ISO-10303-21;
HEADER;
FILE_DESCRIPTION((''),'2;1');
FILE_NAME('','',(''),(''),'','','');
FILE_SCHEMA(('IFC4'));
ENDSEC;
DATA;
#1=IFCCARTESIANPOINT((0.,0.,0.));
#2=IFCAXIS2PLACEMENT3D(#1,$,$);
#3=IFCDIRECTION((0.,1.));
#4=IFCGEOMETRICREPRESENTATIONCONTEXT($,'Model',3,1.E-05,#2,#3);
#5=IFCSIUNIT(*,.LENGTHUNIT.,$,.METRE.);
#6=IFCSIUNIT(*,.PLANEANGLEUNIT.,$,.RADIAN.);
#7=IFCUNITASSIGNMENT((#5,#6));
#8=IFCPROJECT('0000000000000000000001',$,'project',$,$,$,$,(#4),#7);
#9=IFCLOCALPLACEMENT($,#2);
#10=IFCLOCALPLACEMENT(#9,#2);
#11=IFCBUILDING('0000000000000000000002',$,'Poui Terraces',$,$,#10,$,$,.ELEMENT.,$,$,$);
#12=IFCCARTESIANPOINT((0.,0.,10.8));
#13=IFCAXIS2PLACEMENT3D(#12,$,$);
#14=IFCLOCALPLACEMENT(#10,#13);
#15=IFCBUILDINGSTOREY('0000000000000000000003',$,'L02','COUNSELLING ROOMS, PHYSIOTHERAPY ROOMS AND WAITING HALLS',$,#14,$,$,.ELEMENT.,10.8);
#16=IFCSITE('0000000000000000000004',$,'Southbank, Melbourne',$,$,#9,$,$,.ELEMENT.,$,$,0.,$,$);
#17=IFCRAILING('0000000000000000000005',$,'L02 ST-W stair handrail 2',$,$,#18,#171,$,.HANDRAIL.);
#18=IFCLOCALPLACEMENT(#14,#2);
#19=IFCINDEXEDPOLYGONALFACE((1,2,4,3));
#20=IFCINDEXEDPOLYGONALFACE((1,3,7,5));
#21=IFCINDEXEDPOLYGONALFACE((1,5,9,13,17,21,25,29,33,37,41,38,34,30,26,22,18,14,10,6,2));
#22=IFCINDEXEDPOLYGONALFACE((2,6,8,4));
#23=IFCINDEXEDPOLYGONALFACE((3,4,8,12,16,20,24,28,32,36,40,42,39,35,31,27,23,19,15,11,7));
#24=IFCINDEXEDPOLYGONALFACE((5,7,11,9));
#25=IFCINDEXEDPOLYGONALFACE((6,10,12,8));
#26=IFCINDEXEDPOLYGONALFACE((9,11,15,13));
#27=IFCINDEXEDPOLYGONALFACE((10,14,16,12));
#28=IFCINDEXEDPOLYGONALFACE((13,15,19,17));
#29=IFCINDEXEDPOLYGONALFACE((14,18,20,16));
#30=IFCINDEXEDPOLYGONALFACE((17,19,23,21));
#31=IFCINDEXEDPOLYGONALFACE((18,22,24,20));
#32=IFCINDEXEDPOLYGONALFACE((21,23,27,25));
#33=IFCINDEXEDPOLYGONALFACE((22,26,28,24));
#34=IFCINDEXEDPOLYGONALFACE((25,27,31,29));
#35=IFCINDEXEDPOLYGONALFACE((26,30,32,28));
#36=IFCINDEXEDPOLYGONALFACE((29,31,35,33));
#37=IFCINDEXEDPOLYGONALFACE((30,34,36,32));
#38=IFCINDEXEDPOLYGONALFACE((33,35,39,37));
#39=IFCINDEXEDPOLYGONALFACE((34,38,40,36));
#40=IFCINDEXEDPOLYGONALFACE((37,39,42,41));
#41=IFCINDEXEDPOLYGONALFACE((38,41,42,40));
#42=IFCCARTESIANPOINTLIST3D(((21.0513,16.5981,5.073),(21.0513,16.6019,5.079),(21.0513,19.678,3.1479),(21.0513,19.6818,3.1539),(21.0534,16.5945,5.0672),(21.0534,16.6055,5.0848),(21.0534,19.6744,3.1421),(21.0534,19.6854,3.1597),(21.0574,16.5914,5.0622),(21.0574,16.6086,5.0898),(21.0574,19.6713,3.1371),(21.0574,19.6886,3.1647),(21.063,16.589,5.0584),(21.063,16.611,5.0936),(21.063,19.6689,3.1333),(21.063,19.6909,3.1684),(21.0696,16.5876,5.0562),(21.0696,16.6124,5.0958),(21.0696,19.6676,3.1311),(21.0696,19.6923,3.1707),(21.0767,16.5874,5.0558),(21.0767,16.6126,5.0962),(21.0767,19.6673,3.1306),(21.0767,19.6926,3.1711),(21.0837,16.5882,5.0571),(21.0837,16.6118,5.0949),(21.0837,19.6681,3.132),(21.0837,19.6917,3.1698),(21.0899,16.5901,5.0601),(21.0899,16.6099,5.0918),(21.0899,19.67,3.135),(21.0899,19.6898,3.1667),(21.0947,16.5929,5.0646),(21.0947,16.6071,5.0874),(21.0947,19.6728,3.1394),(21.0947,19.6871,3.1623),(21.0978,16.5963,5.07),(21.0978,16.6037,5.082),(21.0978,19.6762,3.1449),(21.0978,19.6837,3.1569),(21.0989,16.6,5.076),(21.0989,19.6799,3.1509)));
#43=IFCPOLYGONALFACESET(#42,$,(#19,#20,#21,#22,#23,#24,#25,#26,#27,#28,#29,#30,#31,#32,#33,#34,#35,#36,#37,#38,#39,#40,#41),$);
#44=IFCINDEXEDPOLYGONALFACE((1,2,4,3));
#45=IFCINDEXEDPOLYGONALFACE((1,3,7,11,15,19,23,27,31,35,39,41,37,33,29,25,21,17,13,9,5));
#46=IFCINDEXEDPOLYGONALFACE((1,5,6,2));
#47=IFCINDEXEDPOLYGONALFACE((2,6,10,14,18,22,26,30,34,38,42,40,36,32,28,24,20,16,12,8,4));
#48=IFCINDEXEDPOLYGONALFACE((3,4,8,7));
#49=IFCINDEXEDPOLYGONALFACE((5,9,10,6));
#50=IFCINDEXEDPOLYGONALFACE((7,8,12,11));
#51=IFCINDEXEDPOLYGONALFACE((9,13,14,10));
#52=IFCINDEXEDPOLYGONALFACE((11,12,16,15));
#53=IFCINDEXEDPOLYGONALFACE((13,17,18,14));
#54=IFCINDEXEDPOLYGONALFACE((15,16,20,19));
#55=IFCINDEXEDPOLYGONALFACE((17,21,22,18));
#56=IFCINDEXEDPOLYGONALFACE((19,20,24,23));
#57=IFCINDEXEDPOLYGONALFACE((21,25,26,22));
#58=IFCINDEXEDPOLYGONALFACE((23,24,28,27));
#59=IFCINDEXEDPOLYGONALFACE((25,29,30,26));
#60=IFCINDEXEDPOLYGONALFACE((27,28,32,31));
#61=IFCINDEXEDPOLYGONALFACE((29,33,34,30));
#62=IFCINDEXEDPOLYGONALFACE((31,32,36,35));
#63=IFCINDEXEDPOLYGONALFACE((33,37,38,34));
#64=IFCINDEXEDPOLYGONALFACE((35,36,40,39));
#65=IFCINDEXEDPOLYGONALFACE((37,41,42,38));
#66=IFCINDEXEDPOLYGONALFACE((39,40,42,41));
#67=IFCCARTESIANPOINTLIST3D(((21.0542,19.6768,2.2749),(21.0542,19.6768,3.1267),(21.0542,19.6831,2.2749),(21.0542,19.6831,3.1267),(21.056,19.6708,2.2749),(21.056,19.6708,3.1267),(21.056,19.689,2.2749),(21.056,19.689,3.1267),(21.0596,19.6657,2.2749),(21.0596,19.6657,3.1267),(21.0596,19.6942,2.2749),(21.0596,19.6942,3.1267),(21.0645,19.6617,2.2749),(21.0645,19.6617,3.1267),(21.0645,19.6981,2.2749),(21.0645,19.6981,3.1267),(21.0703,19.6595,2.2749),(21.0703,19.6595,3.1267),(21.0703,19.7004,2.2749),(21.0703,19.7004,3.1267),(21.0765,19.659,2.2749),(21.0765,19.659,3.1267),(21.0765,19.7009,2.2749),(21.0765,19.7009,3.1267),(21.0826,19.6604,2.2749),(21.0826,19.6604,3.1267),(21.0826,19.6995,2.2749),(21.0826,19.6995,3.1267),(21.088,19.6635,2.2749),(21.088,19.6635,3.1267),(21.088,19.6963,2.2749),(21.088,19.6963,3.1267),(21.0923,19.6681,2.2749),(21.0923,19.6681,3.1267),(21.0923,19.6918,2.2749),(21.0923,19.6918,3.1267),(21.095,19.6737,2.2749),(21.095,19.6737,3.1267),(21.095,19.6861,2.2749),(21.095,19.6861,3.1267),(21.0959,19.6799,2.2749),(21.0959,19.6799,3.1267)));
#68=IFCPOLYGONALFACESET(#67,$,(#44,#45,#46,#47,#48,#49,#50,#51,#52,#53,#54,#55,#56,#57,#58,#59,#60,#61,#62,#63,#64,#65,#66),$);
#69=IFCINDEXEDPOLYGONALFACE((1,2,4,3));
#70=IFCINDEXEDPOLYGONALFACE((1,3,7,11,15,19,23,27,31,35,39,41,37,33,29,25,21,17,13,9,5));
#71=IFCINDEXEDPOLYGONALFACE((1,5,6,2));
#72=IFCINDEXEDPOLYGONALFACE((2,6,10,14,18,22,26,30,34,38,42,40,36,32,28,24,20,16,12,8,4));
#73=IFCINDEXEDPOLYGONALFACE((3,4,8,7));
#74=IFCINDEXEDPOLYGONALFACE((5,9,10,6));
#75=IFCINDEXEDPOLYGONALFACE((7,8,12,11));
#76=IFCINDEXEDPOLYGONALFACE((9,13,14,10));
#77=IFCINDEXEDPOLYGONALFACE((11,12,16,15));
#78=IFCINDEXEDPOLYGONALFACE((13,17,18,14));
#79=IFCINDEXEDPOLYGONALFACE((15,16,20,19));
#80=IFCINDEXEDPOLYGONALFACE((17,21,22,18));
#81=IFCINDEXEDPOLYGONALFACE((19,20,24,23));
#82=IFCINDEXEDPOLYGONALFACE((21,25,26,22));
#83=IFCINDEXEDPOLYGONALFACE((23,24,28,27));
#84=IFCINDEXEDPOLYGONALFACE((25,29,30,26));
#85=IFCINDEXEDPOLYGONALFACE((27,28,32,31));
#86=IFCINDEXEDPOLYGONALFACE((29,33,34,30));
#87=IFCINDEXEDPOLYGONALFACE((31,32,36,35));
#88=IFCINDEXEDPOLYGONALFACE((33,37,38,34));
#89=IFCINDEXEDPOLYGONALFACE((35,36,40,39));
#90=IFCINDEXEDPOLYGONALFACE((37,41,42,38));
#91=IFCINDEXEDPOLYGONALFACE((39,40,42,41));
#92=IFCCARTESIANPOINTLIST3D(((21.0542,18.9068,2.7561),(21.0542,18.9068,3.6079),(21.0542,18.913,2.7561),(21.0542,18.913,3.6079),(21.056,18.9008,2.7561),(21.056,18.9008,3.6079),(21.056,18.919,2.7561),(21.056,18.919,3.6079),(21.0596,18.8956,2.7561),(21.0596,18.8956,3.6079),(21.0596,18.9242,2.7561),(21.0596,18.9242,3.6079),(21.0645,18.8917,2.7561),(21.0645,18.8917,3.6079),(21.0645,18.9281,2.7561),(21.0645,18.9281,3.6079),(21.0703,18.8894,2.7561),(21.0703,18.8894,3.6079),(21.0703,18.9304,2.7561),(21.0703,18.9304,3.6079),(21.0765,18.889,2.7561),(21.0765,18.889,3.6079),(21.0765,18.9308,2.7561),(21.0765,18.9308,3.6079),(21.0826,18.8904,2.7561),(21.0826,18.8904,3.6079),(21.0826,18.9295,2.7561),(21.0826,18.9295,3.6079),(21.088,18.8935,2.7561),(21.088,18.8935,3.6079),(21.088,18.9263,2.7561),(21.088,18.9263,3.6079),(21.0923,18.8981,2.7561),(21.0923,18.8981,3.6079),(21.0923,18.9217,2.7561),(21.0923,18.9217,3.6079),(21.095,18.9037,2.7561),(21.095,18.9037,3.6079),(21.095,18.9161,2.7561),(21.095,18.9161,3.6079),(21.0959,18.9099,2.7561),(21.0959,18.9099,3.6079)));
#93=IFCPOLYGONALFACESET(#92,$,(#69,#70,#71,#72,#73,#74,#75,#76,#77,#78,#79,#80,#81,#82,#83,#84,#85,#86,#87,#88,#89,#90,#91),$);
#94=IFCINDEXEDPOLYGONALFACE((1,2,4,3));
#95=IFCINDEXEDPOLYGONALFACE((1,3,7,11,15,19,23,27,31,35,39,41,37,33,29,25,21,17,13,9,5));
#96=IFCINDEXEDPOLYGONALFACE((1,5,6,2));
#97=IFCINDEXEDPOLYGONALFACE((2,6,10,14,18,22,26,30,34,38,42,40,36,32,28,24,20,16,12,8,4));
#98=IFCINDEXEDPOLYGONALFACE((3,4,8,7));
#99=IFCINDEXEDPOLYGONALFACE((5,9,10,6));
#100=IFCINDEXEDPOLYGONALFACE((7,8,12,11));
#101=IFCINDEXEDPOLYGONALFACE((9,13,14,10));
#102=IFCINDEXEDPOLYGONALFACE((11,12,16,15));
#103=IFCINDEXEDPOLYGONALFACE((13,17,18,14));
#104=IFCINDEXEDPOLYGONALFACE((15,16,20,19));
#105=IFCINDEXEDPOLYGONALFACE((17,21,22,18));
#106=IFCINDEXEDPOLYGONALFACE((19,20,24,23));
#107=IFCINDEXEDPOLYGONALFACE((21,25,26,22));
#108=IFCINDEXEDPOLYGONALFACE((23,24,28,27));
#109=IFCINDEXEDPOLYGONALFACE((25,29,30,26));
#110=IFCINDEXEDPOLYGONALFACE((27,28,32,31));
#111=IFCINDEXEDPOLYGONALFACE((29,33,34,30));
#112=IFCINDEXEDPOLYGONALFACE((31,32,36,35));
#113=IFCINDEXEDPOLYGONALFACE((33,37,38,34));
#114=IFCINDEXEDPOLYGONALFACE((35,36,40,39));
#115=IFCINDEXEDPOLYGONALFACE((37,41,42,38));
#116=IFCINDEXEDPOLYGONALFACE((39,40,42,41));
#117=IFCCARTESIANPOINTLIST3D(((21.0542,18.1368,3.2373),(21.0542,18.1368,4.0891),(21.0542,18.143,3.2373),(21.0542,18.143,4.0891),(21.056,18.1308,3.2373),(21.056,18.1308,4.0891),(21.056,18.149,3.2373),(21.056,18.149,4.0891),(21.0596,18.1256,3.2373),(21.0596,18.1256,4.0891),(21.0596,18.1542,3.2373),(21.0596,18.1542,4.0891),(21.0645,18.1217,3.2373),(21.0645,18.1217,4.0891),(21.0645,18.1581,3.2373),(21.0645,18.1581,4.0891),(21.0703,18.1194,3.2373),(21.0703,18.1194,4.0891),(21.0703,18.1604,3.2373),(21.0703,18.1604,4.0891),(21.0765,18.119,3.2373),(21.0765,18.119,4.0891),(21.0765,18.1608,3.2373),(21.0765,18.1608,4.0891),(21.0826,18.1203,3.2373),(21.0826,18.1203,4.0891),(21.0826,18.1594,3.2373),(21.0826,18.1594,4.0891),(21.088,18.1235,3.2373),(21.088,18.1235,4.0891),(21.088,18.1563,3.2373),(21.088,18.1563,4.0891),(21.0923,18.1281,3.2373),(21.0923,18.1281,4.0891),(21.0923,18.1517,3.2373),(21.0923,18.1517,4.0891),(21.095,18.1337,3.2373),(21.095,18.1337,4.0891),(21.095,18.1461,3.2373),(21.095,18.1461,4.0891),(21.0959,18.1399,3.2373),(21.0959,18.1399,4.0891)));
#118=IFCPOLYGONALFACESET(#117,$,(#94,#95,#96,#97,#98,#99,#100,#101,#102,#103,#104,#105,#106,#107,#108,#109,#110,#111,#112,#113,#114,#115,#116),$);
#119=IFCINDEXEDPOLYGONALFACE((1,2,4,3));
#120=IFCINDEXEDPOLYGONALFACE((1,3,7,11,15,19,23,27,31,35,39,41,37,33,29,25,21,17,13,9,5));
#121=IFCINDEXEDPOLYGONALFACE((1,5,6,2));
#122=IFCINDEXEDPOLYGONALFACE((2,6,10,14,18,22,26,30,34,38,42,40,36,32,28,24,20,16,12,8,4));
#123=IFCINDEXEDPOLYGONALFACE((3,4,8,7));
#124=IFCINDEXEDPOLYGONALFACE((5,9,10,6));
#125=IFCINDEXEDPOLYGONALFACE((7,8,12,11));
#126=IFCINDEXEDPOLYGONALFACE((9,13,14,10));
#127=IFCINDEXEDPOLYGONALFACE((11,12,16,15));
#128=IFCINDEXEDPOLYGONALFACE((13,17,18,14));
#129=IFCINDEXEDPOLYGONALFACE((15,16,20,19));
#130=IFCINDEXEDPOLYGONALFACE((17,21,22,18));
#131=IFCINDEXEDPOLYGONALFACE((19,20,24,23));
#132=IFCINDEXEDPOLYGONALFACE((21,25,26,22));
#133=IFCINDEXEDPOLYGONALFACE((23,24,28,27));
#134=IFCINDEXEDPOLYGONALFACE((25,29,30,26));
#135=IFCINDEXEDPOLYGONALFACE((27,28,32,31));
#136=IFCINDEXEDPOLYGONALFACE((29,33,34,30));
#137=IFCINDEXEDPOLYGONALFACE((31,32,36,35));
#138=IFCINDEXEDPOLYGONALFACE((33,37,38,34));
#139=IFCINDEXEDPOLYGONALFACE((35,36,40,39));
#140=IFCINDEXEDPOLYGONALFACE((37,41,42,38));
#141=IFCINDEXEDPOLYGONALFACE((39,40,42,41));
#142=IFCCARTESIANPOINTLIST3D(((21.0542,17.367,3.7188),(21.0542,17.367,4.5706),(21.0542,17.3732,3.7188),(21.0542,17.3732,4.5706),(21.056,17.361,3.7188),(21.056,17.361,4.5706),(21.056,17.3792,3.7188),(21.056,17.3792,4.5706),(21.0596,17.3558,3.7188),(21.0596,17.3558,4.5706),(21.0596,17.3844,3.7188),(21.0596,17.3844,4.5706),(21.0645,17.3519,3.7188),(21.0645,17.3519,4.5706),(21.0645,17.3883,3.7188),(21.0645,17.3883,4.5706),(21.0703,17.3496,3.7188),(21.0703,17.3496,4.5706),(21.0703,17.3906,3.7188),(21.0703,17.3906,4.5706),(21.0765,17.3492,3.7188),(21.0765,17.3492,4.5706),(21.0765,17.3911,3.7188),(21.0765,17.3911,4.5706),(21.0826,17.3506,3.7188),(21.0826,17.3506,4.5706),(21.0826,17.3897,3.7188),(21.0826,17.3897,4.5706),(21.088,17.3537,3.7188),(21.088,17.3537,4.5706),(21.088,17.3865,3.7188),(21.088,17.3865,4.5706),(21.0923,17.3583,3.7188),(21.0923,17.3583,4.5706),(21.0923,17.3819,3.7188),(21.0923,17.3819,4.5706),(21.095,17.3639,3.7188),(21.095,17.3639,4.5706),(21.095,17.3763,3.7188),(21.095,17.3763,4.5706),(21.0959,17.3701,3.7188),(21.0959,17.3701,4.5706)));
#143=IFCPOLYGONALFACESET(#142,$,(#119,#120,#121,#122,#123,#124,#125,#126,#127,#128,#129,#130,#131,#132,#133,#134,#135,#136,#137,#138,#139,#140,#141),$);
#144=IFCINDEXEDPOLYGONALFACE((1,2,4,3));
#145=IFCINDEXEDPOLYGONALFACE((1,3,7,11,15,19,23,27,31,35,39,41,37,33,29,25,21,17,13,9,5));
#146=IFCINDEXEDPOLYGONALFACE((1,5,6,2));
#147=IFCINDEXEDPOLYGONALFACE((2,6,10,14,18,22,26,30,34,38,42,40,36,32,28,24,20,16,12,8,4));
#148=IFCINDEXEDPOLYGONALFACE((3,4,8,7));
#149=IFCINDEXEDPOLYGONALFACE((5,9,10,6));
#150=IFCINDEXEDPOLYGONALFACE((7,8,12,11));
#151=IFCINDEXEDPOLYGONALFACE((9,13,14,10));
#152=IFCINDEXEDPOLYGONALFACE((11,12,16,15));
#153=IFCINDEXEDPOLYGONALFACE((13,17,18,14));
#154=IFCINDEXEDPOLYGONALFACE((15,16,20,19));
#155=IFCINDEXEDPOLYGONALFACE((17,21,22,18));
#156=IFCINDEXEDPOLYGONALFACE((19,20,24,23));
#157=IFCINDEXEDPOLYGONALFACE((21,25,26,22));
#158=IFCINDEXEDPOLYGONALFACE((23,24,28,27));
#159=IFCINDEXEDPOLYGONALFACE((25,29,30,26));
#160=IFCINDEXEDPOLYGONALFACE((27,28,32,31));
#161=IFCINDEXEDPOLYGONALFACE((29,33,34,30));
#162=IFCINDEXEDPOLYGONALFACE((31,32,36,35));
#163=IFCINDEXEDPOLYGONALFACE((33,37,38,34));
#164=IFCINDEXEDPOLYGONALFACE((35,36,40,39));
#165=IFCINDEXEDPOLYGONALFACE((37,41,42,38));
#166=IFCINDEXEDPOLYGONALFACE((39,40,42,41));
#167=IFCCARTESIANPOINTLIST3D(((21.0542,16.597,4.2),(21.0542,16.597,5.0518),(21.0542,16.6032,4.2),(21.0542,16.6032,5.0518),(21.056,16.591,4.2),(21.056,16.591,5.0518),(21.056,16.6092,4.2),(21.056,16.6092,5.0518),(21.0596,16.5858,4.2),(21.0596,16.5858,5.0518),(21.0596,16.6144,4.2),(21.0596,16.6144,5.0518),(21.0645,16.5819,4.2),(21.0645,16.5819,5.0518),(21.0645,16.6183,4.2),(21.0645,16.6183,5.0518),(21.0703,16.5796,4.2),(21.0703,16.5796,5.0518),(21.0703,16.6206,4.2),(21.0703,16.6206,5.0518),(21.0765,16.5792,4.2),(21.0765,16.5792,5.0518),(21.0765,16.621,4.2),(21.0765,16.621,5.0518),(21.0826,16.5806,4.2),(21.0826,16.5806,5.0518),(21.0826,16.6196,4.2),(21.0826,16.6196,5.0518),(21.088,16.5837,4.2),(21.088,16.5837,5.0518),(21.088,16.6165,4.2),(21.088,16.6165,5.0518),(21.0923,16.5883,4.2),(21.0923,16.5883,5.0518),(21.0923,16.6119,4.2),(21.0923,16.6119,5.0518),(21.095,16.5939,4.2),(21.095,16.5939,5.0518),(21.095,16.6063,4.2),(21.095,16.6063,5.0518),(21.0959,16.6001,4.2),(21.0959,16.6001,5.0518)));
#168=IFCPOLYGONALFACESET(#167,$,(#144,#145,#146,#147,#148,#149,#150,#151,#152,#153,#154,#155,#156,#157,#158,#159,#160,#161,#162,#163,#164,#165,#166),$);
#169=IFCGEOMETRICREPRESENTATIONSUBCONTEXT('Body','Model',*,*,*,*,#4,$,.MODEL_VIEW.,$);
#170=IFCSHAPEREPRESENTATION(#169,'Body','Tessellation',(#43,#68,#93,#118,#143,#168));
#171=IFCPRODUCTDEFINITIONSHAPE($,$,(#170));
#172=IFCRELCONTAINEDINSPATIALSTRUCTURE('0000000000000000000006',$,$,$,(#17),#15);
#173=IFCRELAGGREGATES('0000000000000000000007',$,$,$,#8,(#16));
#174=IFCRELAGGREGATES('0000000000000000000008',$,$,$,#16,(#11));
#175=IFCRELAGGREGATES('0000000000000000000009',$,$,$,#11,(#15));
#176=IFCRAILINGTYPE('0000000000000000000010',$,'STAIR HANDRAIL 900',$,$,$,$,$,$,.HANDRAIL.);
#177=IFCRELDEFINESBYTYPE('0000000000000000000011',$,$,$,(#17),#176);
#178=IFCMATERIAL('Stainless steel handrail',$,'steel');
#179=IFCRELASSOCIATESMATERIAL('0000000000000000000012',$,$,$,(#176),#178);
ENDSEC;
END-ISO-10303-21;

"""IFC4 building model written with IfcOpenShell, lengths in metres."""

from ifc_helpers import new_model, si_unit, direction, frame, origin, origin_2d, place, context, subcontext, project, spatial, circle, extrude, material, type_object, element, save


model = new_model("IFC4")

# Units and contexts
model_context = context("Model", 3, precision=1e-05, world=origin(), true_north=direction((0.0, 1.0)))
body_context = subcontext(model_context, "Body", "Model", "MODEL_VIEW")
ifc_project = project(units=[si_unit("LENGTHUNIT", "METRE"), si_unit("PLANEANGLEUNIT", "RADIAN")], contexts=[model_context])

# Site, building, storey
site_placement = place(None, origin())
site = spatial("IfcSite", under=ifc_project, at=site_placement, Name="Southbank, Melbourne", CompositionType="ELEMENT", RefElevation=0.0)
building_placement = place(site_placement, origin())
building = spatial("IfcBuilding", under=site, at=building_placement, Name="Poui Terraces", CompositionType="ELEMENT")
storey_placement = place(building_placement, frame((0.0, 0.0, 10.8)))
storey = spatial("IfcBuildingStorey", under=building, at=storey_placement, Name="L02", Description="COUNSELLING ROOMS, PHYSIOTHERAPY ROOMS AND WAITING HALLS", CompositionType="ELEMENT", Elevation=10.8)

# Railing
ifc_material_1 = material(Name="Stainless steel handrail", Category="steel")
railing_type = type_object("IfcRailingType", Name="STAIR HANDRAIL 900", PredefinedType="HANDRAIL", material=ifc_material_1)
railing_placement = place(storey_placement, frame((21.075, 19.6799, 2.2749)))
element("IfcRailing", 1, at=railing_placement, inside=storey, type_object=railing_type, Name="L02 ST-W stair handrail 2", PredefinedType="HANDRAIL", context=body_context, shape_type="SweptSolid", body=[
    extrude(circle(Radius=0.0239, at=origin_2d()), frame((0.0, 0.0, 0.876), z_axis=(0.0, -0.847979, 0.530029), x_axis=(1.0, 0.0, 0.0)), (0.0, 0.0, 1.0), 3.6321),
    extrude(circle(Radius=0.021, at=origin_2d()), origin(), (0.0, 0.0, 1.0), 0.8518),
    extrude(circle(Radius=0.021, at=origin_2d()), frame((0.0, -0.77, 0.4812)), (0.0, 0.0, 1.0), 0.8518),
    extrude(circle(Radius=0.021, at=origin_2d()), frame((0.0, -1.54, 0.9624)), (0.0, 0.0, 1.0), 0.8518),
    extrude(circle(Radius=0.021, at=origin_2d()), frame((0.0, -2.3098, 1.4438)), (0.0, 0.0, 1.0), 0.8518),
    extrude(circle(Radius=0.021, at=origin_2d()), frame((0.0, -3.0798, 1.925)), (0.0, 0.0, 1.0), 0.8518),
])

save(model, "model.ifc")
